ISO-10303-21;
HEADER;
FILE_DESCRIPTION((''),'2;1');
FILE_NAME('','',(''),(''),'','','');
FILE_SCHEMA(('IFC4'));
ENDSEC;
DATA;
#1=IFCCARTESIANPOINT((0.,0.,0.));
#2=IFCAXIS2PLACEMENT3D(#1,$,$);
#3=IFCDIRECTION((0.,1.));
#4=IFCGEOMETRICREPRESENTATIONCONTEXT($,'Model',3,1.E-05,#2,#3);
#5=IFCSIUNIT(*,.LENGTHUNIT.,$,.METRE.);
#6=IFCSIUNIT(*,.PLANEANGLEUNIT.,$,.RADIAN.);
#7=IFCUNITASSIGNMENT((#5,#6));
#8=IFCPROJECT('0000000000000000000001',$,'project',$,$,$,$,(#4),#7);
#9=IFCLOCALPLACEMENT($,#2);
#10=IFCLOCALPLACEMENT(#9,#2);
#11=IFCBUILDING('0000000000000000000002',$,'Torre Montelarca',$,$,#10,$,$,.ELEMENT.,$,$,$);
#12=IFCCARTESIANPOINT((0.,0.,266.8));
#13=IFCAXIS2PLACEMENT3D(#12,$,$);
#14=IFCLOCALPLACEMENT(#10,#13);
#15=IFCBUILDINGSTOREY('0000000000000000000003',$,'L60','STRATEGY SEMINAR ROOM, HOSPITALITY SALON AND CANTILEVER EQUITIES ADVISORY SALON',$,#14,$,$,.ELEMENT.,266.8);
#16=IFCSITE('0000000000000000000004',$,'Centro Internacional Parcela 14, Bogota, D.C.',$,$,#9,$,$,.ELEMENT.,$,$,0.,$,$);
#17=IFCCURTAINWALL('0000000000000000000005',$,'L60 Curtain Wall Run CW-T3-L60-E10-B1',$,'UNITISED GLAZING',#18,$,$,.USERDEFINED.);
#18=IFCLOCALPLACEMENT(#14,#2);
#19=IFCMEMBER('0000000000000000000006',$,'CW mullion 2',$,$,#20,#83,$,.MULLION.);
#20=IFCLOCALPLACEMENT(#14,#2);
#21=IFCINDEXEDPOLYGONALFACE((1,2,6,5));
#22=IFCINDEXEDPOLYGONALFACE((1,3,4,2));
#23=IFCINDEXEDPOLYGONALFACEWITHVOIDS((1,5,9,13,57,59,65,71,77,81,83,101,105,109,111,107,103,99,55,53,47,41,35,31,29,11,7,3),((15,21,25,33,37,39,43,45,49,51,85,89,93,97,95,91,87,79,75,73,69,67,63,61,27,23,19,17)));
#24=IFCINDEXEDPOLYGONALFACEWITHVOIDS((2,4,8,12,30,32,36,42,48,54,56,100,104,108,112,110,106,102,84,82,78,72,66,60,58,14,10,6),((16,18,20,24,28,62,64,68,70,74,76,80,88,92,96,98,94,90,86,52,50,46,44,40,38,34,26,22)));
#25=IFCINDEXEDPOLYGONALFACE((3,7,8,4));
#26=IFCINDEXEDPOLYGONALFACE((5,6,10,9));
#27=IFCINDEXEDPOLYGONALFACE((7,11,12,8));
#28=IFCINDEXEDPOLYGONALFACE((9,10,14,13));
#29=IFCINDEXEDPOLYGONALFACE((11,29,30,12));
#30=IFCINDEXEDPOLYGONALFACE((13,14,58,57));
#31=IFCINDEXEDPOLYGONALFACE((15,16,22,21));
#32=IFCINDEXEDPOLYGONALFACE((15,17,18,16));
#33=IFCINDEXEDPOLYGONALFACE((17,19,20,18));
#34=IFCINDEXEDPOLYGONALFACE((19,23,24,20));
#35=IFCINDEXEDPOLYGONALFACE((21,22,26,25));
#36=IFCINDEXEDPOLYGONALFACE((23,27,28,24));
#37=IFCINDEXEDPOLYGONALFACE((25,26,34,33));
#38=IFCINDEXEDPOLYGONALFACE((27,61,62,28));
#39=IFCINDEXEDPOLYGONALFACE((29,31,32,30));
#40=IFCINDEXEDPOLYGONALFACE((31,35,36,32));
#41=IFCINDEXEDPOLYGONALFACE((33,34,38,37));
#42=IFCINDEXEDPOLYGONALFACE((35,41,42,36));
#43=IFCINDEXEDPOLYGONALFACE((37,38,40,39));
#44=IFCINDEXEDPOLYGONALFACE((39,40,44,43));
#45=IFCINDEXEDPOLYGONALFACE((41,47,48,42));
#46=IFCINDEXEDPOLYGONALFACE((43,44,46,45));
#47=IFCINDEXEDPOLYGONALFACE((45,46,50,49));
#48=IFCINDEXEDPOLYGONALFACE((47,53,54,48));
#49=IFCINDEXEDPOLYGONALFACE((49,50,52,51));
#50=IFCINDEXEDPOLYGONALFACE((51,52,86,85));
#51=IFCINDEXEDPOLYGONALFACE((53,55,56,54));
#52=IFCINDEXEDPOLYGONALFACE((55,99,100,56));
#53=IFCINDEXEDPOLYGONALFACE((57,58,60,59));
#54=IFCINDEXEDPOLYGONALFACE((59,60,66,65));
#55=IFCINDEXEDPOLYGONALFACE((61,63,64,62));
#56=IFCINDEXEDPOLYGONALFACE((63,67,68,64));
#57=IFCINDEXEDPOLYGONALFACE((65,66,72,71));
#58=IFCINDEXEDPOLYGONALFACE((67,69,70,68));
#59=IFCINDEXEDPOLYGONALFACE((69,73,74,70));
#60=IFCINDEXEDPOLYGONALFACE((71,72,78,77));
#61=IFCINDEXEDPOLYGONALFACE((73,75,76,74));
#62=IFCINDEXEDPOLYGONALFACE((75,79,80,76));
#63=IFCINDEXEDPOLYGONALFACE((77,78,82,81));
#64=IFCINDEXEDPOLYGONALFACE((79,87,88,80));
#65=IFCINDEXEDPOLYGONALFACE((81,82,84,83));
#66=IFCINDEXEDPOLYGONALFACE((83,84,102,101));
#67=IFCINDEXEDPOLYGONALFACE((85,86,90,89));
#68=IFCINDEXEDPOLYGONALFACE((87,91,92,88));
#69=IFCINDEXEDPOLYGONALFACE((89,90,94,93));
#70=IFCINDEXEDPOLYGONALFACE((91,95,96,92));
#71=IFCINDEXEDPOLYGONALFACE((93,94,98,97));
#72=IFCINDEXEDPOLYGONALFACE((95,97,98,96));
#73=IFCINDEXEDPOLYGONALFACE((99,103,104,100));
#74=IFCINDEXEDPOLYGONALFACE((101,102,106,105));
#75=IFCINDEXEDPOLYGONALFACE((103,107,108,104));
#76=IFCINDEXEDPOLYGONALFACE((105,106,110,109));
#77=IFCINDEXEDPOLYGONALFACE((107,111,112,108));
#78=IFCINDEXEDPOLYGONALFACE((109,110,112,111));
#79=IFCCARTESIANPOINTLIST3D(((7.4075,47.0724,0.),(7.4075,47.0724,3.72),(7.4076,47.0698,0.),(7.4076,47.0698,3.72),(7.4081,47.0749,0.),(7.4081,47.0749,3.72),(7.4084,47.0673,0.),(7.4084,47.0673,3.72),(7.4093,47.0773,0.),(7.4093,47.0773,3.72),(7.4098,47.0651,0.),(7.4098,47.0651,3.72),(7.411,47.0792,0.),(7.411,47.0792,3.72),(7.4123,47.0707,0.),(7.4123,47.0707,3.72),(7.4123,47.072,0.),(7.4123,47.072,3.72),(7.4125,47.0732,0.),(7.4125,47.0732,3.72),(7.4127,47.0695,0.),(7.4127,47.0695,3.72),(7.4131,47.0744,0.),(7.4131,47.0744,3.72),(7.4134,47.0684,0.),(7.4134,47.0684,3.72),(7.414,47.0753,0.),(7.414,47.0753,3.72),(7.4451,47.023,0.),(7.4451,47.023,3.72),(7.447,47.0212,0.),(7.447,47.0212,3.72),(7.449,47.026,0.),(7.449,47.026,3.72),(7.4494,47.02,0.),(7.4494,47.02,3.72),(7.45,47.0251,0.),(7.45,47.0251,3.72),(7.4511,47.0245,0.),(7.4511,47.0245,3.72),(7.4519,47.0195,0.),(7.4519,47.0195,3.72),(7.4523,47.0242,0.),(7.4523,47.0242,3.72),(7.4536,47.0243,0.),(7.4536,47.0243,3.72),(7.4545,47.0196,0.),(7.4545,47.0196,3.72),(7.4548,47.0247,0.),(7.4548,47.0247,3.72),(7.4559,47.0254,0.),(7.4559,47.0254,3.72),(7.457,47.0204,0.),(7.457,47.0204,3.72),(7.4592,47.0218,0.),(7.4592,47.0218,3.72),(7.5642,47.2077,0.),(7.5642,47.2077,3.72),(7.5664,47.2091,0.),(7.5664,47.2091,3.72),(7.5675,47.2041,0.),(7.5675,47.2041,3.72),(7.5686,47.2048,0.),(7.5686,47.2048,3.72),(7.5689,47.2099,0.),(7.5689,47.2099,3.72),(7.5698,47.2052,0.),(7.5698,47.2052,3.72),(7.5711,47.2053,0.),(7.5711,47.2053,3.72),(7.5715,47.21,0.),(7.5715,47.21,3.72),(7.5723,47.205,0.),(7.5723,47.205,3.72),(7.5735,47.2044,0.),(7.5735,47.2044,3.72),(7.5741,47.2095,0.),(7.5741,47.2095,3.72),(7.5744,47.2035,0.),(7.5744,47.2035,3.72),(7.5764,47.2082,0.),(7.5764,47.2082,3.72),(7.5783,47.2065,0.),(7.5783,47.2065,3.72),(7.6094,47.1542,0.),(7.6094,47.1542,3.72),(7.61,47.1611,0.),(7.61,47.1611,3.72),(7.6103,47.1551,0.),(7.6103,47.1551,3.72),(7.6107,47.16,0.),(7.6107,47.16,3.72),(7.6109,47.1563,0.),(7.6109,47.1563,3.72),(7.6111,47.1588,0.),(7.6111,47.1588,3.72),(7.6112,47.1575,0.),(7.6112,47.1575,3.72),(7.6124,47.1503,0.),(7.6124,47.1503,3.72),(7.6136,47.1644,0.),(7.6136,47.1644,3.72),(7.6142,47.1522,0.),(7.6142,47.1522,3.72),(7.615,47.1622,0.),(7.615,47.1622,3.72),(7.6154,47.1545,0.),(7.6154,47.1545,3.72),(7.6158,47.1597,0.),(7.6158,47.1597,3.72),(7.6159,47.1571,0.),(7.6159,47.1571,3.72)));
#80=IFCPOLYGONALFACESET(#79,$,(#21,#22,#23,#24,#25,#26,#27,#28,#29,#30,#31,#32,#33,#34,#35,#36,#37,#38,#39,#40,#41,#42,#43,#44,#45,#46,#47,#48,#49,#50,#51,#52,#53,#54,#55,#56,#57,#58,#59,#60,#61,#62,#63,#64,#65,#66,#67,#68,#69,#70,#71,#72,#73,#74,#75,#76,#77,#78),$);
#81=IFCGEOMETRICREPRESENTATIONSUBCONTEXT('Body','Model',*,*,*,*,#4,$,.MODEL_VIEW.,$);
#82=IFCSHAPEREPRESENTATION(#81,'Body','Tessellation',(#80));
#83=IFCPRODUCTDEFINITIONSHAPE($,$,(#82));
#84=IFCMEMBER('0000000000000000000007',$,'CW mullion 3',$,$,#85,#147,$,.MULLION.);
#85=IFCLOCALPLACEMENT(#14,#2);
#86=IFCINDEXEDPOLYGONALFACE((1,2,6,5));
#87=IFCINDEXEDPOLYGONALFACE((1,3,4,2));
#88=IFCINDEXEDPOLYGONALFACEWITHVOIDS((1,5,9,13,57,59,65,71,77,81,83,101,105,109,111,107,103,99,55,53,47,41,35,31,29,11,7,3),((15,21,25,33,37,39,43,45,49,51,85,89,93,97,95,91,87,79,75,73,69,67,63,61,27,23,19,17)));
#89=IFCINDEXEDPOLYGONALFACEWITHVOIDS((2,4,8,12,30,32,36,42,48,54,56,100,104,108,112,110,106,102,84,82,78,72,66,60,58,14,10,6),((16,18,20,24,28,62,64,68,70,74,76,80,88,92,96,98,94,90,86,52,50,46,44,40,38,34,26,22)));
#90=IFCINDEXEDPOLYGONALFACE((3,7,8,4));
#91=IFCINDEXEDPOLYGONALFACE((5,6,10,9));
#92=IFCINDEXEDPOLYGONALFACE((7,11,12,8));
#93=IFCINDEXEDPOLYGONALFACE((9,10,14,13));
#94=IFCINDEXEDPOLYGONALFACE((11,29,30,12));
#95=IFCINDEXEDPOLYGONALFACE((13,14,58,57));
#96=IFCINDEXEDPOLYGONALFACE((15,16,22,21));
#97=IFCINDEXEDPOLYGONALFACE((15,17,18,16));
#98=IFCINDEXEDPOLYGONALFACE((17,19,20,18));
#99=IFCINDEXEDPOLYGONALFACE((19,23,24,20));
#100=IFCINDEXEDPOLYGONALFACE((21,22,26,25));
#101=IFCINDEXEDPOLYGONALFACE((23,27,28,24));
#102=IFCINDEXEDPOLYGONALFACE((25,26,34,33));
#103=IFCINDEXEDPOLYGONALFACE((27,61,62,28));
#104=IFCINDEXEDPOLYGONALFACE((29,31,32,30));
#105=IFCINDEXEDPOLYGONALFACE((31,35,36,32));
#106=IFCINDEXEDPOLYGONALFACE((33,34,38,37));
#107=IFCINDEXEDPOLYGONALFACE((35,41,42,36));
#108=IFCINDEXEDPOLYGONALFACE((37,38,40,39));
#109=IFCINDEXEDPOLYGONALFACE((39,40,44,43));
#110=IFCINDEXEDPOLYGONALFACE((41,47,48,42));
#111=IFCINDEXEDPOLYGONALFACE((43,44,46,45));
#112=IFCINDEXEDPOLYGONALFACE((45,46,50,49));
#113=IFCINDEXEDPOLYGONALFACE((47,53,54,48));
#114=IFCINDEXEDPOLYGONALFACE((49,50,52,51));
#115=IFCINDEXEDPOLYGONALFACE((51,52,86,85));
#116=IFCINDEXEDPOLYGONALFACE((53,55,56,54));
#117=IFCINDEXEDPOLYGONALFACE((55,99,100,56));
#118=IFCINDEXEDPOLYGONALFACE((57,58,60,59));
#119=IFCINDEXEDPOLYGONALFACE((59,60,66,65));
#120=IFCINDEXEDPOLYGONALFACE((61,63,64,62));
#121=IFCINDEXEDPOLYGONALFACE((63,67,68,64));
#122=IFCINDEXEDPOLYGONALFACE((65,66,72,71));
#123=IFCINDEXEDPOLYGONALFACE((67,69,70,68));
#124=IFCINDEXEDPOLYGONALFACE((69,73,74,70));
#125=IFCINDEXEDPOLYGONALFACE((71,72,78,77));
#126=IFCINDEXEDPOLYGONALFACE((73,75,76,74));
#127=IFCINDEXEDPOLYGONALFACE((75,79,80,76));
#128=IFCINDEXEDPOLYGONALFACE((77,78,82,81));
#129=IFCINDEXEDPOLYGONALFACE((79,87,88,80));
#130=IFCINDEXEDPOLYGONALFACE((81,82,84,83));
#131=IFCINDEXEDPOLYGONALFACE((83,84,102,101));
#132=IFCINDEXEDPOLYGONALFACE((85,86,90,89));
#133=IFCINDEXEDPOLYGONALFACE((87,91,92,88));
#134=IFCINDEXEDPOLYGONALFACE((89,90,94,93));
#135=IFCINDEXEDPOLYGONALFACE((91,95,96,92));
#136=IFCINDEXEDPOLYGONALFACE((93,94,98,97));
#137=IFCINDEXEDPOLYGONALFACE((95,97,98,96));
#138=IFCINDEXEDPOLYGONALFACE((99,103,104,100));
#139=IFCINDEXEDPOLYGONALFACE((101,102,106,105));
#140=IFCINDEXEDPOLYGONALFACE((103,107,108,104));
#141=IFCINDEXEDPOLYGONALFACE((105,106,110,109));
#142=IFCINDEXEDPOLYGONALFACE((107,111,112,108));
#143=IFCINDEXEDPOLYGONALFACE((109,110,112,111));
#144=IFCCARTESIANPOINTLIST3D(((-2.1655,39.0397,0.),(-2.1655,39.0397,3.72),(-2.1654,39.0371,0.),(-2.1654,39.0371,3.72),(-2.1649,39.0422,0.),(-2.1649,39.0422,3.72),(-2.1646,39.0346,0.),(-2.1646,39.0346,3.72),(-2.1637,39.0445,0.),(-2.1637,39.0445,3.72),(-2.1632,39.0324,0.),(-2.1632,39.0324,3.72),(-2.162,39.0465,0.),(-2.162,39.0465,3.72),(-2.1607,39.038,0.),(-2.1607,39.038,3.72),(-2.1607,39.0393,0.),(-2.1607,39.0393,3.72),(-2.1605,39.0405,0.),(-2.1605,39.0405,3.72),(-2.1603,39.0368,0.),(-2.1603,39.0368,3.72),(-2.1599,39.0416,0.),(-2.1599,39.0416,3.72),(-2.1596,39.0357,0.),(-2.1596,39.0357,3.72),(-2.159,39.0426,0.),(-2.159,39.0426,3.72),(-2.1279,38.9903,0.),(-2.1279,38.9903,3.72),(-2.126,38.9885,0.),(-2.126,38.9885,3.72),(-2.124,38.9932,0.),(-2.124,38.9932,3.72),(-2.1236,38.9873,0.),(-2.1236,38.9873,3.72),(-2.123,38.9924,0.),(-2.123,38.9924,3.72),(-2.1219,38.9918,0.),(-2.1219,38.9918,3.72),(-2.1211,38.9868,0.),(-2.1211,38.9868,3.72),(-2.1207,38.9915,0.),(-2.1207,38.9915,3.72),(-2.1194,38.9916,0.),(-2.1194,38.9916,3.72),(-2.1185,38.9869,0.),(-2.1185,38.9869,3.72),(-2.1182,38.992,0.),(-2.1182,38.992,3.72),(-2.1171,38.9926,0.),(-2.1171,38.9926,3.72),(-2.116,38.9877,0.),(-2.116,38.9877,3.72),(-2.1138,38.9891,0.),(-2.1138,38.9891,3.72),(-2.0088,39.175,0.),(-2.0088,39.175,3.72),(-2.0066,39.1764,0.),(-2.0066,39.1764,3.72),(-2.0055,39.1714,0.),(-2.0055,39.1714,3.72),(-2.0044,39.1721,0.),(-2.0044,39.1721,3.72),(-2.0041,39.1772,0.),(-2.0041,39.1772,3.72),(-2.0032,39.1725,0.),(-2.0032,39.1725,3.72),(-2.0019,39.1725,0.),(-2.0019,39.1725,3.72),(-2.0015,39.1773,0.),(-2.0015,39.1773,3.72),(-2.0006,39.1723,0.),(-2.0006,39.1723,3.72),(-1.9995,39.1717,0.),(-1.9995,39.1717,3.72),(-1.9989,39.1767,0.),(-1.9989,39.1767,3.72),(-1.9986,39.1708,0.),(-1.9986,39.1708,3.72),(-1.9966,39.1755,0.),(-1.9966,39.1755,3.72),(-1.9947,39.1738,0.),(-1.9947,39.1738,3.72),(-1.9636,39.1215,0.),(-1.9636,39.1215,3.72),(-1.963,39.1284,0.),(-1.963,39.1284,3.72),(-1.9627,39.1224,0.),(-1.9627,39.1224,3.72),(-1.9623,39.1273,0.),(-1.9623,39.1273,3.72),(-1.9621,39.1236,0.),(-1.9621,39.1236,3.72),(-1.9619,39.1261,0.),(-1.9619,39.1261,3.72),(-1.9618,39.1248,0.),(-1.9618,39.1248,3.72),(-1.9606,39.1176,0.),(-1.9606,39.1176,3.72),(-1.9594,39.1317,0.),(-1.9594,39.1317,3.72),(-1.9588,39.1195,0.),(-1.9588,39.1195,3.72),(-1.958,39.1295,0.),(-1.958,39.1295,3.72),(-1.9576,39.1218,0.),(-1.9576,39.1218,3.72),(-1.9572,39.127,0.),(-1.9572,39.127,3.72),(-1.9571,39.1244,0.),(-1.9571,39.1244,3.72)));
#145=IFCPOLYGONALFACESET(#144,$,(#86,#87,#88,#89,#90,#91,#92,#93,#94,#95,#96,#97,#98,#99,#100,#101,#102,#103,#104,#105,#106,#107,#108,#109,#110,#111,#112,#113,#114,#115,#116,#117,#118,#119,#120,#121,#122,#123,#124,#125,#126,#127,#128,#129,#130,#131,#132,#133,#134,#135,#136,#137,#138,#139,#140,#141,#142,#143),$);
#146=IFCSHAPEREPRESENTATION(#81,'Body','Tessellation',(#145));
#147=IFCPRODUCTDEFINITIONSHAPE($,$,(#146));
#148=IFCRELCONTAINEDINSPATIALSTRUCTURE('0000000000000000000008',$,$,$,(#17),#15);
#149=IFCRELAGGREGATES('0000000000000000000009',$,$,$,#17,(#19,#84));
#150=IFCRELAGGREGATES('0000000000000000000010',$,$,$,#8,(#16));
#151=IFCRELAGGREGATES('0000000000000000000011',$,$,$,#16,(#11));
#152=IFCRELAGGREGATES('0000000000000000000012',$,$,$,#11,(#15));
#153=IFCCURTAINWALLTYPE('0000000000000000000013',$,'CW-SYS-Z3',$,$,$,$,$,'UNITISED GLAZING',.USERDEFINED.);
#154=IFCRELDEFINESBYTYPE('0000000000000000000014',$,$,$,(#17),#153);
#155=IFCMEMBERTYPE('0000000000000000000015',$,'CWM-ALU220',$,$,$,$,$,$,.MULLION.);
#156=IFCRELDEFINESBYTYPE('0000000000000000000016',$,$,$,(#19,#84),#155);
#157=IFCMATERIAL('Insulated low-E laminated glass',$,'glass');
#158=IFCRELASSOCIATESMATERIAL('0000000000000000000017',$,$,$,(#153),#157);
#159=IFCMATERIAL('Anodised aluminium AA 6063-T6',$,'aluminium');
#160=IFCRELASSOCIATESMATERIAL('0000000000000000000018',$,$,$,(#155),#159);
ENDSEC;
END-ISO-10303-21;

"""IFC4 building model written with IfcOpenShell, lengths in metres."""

from ifc_helpers import new_model, si_unit, direction, frame, origin, origin_2d, place, context, subcontext, project, spatial, hollow_rectangle, extrude, source, transform, mapped, material, material_profile, profile_set, type_object, element, aggregate, save


model = new_model("IFC4")

# Units and contexts
model_context = context("Model", 3, precision=1e-05, world=origin(), true_north=direction((0.0, 1.0)))
body_context = subcontext(model_context, "Body", "Model", "MODEL_VIEW")
ifc_project = project(units=[si_unit("LENGTHUNIT", "METRE"), si_unit("PLANEANGLEUNIT", "RADIAN")], contexts=[model_context])

# Site, building, storey
site_placement = place(None, origin())
site = spatial("IfcSite", under=ifc_project, at=site_placement, Name="Centro Internacional Parcela 14, Bogota, D.C.", CompositionType="ELEMENT", RefElevation=0.0)
building_placement = place(site_placement, origin())
building = spatial("IfcBuilding", under=site, at=building_placement, Name="Torre Montelarca", CompositionType="ELEMENT")
storey_placement = place(building_placement, frame((0.0, 0.0, 266.8)))
storey = spatial("IfcBuildingStorey", under=building, at=storey_placement, Name="L60", Description="STRATEGY SEMINAR ROOM, HOSPITALITY SALON AND CANTILEVER EQUITIES ADVISORY SALON", CompositionType="ELEMENT", Elevation=266.8)

# Curtain wall, members
ifc_material_1 = material(Name="Insulated low-E laminated glass", Category="glass")
curtain_wall_type = type_object("IfcCurtainWallType", Name="CW-SYS-Z3", ElementType="UNITISED GLAZING", PredefinedType="USERDEFINED", material=ifc_material_1)
ifc_material_2 = material(Name="Anodised aluminium AA 6063-T6", Category="aluminium")
curtain_wall_1_placement = place(storey_placement, origin())
curtain_wall_1 = element("IfcCurtainWall", 1, at=curtain_wall_1_placement, inside=storey, type_object=curtain_wall_type, Name="L60 Curtain Wall Run CW-T3-L60-E10-B1", ObjectType="UNITISED GLAZING", PredefinedType="USERDEFINED")
ifc_material_profile_1 = material_profile(ifc_material_2, hollow_rectangle(XDim=0.075, YDim=0.22, WallThickness=0.0049, InnerFilletRadius=0.0049, OuterFilletRadius=0.01, at=origin_2d()), Name="ALU75X220X5", Category="aluminium")
ifc_profile_set_1 = profile_set([ifc_material_profile_1], Name="Anodised aluminium AA 6063-T6")
member_type_1 = type_object("IfcMemberType", Name="CWM-ALU220", PredefinedType="MULLION", material=ifc_profile_set_1)
shared_shape_1 = source(origin(), body_context, "Body", "SweptSolid", [
    extrude(hollow_rectangle(XDim=0.075, YDim=0.22, WallThickness=0.0049, InnerFilletRadius=0.0049, OuterFilletRadius=0.01, at=origin_2d()), origin(), (0.0, 0.0, 1.0), 3.72),
])
member_1_placement = place(storey_placement, frame((7.5117, 47.1147, 0.0), z_axis=(0.0, 0.0, 1.0), x_axis=(0.642788, -0.766044, 0.0)))
member_1 = element("IfcMember", 2, at=member_1_placement, type_object=member_type_1, Name="CW mullion 2", PredefinedType="MULLION", context=body_context, shape_type="MappedRepresentation", body=[
    mapped(shared_shape_1, transform((0.0, 0.0, 0.0), scale=1.0)),
])
member_2_placement = place(storey_placement, frame((-2.0613, 39.082, 0.0), z_axis=(0.0, 0.0, 1.0), x_axis=(0.642788, -0.766044, 0.0)))
member_2 = element("IfcMember", 3, at=member_2_placement, type_object=member_type_1, Name="CW mullion 3", PredefinedType="MULLION", context=body_context, shape_type="MappedRepresentation", body=[
    mapped(shared_shape_1, transform((0.0, 0.0, 0.0), scale=1.0)),
])

aggregate(curtain_wall_1, [member_1, member_2])

save(model, "model.ifc")
